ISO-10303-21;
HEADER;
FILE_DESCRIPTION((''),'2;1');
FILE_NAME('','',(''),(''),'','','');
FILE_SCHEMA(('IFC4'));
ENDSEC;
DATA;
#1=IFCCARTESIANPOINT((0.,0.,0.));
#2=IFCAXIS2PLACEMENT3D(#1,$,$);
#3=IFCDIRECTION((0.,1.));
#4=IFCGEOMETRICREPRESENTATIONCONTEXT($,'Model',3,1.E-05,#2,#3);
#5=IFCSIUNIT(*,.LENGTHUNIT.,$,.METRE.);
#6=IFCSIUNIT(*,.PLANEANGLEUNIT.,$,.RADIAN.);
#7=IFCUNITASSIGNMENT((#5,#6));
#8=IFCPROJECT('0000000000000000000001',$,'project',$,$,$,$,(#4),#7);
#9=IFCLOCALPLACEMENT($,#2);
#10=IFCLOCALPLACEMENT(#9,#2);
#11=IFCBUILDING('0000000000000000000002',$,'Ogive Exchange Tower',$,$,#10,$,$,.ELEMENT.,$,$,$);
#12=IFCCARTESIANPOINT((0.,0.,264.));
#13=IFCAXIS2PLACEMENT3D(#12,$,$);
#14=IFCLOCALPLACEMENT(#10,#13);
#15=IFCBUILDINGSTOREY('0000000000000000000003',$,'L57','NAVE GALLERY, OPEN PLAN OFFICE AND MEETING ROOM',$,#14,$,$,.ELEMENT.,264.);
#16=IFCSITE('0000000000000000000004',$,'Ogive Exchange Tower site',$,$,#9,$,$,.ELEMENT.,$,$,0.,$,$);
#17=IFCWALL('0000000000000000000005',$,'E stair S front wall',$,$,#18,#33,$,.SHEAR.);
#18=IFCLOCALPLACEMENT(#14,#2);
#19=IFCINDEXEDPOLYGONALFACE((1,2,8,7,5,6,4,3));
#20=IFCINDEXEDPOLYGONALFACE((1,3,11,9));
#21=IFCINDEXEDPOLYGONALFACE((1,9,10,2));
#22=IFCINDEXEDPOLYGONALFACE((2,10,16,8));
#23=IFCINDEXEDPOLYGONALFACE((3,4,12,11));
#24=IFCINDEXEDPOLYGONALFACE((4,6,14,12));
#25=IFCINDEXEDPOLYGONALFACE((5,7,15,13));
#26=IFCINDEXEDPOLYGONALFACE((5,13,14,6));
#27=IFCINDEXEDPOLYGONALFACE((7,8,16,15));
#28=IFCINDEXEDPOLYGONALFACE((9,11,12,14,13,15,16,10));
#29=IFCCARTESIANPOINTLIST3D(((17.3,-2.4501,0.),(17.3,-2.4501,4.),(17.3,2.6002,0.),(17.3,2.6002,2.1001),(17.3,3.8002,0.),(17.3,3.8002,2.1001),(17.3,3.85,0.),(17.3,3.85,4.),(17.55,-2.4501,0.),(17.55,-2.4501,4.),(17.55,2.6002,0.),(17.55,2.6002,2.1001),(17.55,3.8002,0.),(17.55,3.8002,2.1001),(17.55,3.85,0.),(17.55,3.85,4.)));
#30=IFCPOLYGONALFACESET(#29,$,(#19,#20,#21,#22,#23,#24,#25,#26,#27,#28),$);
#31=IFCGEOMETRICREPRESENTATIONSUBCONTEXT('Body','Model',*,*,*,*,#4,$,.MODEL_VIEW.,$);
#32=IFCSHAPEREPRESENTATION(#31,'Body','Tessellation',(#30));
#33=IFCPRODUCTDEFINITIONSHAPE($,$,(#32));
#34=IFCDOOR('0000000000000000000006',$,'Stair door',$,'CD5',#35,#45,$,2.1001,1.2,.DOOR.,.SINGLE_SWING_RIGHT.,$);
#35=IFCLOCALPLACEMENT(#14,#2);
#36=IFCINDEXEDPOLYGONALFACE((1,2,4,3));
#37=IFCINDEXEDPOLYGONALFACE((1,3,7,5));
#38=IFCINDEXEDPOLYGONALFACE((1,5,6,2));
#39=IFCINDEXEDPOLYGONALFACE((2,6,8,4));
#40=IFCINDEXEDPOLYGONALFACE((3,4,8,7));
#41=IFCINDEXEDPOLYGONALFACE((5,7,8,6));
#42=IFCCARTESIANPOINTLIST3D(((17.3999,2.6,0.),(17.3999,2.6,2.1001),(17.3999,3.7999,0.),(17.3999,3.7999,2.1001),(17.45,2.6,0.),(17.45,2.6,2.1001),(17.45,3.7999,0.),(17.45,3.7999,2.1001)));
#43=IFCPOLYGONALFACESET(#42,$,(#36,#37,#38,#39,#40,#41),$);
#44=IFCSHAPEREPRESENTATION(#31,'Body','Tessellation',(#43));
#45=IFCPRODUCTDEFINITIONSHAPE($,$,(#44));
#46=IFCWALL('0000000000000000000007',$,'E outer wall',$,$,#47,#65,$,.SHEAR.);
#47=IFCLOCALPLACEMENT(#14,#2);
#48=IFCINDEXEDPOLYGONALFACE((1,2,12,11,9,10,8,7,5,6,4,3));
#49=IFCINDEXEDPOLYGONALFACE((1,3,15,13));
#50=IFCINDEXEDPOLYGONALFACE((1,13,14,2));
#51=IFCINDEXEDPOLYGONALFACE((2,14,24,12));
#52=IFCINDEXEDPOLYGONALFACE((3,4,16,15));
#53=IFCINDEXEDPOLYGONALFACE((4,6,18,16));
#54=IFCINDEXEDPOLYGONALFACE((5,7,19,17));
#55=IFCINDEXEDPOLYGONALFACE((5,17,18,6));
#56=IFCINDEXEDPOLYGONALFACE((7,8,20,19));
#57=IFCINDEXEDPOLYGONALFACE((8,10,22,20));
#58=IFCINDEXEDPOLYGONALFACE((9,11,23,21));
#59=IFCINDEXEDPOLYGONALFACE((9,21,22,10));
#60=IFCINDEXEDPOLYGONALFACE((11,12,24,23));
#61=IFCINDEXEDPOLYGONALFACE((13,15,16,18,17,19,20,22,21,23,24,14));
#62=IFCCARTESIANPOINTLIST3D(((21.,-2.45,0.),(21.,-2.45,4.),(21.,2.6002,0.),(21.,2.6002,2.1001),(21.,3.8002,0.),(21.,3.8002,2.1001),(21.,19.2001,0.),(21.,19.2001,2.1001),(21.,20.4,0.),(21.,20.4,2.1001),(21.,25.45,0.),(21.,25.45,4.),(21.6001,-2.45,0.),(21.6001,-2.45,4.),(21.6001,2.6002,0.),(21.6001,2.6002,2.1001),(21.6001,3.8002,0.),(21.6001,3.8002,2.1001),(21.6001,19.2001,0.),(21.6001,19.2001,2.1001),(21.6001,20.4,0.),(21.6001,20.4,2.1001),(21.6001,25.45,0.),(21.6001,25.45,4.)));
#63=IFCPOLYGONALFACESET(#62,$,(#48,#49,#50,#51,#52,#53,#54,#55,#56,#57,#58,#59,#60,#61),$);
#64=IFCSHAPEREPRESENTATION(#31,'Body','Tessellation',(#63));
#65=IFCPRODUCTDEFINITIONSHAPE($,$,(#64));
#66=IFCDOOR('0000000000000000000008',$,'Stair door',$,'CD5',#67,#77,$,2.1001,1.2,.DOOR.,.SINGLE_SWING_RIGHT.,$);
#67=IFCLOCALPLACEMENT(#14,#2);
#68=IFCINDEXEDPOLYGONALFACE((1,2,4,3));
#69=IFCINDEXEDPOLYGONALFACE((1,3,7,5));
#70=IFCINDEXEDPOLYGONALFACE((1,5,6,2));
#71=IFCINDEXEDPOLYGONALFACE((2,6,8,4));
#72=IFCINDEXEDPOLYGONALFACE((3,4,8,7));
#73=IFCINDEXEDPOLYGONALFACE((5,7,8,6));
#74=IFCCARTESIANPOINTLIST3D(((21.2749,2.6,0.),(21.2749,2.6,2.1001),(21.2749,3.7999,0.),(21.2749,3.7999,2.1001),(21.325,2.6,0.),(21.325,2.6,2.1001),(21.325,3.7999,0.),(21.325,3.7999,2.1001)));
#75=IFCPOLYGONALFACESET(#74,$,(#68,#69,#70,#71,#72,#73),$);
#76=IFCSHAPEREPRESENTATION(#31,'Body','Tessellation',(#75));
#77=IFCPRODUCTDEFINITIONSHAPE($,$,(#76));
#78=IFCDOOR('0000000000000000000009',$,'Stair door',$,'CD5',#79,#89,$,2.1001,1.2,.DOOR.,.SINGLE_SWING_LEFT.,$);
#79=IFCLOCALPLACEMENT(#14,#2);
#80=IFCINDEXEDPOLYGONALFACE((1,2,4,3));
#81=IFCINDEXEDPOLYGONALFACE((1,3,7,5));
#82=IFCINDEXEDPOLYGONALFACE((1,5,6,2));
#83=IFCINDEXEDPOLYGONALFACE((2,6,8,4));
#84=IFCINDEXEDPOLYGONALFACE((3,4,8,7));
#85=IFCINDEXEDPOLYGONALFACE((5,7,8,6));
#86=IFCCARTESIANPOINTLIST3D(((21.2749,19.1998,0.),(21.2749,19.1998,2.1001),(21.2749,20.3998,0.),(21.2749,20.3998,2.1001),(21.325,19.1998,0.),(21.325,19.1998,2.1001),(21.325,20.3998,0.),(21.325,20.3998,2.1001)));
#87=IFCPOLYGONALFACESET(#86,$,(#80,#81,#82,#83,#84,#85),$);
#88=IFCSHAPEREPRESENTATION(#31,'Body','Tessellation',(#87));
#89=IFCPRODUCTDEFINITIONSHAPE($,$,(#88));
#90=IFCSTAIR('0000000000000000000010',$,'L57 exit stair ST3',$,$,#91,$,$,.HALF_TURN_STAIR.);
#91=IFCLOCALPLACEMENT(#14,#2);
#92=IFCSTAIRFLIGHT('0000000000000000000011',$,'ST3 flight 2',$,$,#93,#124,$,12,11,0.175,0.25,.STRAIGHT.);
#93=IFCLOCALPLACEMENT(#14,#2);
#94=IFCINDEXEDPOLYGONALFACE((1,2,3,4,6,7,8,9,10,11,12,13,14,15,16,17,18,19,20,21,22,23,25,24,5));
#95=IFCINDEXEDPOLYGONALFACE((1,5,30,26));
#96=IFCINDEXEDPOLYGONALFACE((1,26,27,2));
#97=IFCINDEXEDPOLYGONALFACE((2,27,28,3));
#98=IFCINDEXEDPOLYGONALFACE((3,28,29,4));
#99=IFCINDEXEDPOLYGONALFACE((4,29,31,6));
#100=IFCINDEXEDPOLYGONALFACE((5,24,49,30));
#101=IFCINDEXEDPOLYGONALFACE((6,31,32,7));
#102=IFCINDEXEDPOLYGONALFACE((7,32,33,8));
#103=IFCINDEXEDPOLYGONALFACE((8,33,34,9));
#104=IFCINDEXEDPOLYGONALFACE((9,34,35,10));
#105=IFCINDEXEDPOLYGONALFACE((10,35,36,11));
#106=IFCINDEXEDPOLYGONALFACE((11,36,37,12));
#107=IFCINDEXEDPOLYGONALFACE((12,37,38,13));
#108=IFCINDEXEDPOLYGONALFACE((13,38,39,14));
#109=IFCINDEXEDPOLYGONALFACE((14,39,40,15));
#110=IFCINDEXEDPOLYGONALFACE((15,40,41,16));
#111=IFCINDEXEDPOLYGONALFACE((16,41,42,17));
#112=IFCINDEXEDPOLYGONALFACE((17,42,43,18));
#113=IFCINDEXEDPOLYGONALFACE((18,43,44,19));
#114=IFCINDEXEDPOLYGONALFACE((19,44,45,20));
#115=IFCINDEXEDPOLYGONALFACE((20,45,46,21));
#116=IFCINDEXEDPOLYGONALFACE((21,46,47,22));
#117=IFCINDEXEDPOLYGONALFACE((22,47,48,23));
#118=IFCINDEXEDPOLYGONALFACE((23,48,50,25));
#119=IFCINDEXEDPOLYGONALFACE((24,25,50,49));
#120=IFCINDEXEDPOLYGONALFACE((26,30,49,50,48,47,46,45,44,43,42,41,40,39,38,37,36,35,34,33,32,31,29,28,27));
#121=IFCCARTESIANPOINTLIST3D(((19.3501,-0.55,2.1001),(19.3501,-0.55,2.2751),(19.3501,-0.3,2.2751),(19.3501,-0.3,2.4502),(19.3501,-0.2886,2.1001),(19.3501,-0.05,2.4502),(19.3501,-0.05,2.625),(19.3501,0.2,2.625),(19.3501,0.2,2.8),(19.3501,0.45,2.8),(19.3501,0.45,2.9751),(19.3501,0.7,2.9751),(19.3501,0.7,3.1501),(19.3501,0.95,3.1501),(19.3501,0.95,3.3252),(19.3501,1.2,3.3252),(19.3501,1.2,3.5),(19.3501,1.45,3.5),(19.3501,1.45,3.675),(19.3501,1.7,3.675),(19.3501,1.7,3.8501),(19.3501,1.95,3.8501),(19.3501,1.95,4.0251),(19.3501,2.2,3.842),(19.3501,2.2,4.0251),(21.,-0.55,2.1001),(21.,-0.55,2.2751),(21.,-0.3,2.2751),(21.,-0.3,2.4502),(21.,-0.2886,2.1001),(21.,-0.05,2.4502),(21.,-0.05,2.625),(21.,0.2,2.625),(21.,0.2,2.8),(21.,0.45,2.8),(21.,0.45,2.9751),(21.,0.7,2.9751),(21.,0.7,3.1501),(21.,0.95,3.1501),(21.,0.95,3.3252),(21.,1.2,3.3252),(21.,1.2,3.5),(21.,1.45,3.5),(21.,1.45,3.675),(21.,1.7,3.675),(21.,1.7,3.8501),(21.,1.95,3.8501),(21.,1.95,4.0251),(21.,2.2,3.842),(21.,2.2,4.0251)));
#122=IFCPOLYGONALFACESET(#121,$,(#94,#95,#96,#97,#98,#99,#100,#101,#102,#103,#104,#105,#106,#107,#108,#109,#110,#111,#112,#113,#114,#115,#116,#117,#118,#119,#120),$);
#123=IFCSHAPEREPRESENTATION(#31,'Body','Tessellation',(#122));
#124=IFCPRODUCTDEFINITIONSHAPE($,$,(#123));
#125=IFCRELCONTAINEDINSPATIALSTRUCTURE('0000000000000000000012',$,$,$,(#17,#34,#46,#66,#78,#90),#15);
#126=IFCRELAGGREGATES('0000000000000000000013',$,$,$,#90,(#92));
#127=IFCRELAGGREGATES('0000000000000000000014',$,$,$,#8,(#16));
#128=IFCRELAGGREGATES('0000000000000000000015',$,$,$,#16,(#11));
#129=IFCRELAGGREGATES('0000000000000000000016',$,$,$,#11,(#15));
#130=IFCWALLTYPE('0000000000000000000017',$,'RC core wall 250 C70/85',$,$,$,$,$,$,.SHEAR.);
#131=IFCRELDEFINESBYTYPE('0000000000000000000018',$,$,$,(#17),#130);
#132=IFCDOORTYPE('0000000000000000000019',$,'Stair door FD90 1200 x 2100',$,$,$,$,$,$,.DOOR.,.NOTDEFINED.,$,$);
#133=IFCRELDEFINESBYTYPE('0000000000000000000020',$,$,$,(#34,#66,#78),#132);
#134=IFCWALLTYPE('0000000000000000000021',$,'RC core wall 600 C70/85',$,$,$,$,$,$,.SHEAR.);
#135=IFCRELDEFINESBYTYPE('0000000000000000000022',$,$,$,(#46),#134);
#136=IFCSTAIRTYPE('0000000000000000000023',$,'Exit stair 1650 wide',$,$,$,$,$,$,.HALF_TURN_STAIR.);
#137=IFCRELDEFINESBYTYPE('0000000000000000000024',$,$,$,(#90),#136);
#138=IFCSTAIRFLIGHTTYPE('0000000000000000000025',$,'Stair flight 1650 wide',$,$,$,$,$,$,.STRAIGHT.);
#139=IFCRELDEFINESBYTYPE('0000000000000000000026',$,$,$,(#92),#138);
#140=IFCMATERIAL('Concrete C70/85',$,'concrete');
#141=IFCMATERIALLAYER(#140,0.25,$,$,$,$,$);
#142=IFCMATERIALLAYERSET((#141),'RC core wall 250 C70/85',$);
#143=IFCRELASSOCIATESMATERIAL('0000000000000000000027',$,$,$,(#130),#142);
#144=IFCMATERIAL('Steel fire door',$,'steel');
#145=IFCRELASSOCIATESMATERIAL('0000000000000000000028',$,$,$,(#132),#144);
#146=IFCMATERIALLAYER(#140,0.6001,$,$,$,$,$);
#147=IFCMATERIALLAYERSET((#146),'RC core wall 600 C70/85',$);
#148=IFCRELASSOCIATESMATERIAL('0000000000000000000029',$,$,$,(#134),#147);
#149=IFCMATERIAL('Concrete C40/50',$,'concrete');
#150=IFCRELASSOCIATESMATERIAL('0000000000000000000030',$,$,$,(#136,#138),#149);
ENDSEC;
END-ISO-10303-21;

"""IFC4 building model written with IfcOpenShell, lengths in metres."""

from ifc_helpers import new_model, si_unit, direction, frame, frame_2d, origin, place, context, subcontext, project, spatial, polyline, rectangle, outline, extrude, material, layer, layer_set, type_object, element, fill, aggregate, save


model = new_model("IFC4")

# Units and contexts
model_context = context("Model", 3, precision=1e-05, world=origin(), true_north=direction((0.0, 1.0)))
body_context = subcontext(model_context, "Body", "Model", "MODEL_VIEW")
ifc_project = project(units=[si_unit("LENGTHUNIT", "METRE"), si_unit("PLANEANGLEUNIT", "RADIAN")], contexts=[model_context])

# Site, building, storey
site_placement = place(None, origin())
site = spatial("IfcSite", under=ifc_project, at=site_placement, Name="Ogive Exchange Tower site", CompositionType="ELEMENT", RefElevation=0.0)
building_placement = place(site_placement, origin())
building = spatial("IfcBuilding", under=site, at=building_placement, Name="Ogive Exchange Tower", CompositionType="ELEMENT")
storey_placement = place(building_placement, frame((0.0, 0.0, 264.0)))
storey = spatial("IfcBuildingStorey", under=building, at=storey_placement, Name="L57", Description="NAVE GALLERY, OPEN PLAN OFFICE AND MEETING ROOM", CompositionType="ELEMENT", Elevation=264.0)

# Wall, opening, door
ifc_material_1 = material(Name="Concrete C70/85", Category="concrete")
ifc_layer_1 = layer(ifc_material_1, 0.25)
ifc_layer_set_1 = layer_set([ifc_layer_1], Name="RC core wall 250 C70/85")
wall_type_1 = type_object("IfcWallType", Name="RC core wall 250 C70/85", PredefinedType="SHEAR", material=ifc_layer_set_1)
wall_1_placement = place(storey_placement, frame((17.425, -2.45, 0.0), z_axis=(0.0, 0.0, 1.0), x_axis=(0.0, 1.0, 0.0)))
wall_1 = element("IfcWall", 1, at=wall_1_placement, inside=storey, type_object=wall_type_1, Name="E stair S front wall", PredefinedType="SHEAR", context=body_context, shape_type="SweptSolid", body=[
    extrude(rectangle(XDim=6.3, YDim=0.25, at=frame_2d((3.1499, 0.0))), origin(), (0.0, 0.0, 1.0), 4.0),
])
opening_1_placement = place(wall_1_placement, frame((5.05, 0.0, 0.0)))
opening_1 = element("IfcOpeningElement", 2, at=opening_1_placement, cuts=wall_1, PredefinedType="OPENING", context=body_context, shape_type="SweptSolid", body=[
    extrude(rectangle(XDim=1.2, YDim=2.1001, at=frame_2d((0.6001, 1.05))), frame((0.0, 0.135, 0.0), z_axis=(0.0, -1.0, 0.0), x_axis=(1.0, 0.0, 0.0)), (0.0, 0.0, 1.0), 0.27),
])
ifc_material_2 = material(Name="Steel fire door", Category="steel")
door_type_1 = type_object("IfcDoorType", Name="Stair door FD90 1200 x 2100", OperationType="NOTDEFINED", PredefinedType="DOOR", material=ifc_material_2)
door_1_placement = place(opening_1_placement, frame((1.2, 0.0, 0.0), z_axis=(0.0, 0.0, 1.0), x_axis=(-1.0, 0.0, 0.0)))
door_1 = element("IfcDoor", 3, at=door_1_placement, inside=storey, type_object=door_type_1, Name="Stair door", ObjectType="CD5", OperationType="SINGLE_SWING_RIGHT", OverallHeight=2.1001, OverallWidth=1.2, PredefinedType="DOOR", context=body_context, shape_type="SweptSolid", body=[
    extrude(rectangle(XDim=1.2, YDim=2.1001, at=frame_2d((0.6001, 1.05))), frame((0.0, 0.0249, 0.0), z_axis=(0.0, -1.0, 0.0), x_axis=(1.0, 0.0, 0.0)), (0.0, 0.0, 1.0), 0.05),
])
fill(opening_1, door_1)

# Wall, openings, doors
ifc_layer_2 = layer(ifc_material_1, 0.6001)
ifc_layer_set_2 = layer_set([ifc_layer_2], Name="RC core wall 600 C70/85")
wall_type_2 = type_object("IfcWallType", Name="RC core wall 600 C70/85", PredefinedType="SHEAR", material=ifc_layer_set_2)
wall_2_placement = place(storey_placement, frame((21.3, -2.45, 0.0), z_axis=(0.0, 0.0, 1.0), x_axis=(0.0, 1.0, 0.0)))
wall_2 = element("IfcWall", 4, at=wall_2_placement, inside=storey, type_object=wall_type_2, Name="E outer wall", PredefinedType="SHEAR", context=body_context, shape_type="SweptSolid", body=[
    extrude(rectangle(XDim=27.8999, YDim=0.6001, at=frame_2d((13.95, 0.0))), origin(), (0.0, 0.0, 1.0), 4.0),
])
opening_2_placement = place(wall_2_placement, frame((5.05, 0.0, 0.0)))
opening_2 = element("IfcOpeningElement", 5, at=opening_2_placement, cuts=wall_2, PredefinedType="OPENING", context=body_context, shape_type="SweptSolid", body=[
    extrude(rectangle(XDim=1.2, YDim=2.1001, at=frame_2d((0.6001, 1.05))), frame((0.0, 0.3101, 0.0), z_axis=(0.0, -1.0, 0.0), x_axis=(1.0, 0.0, 0.0)), (0.0, 0.0, 1.0), 0.6201),
])
opening_3_placement = place(wall_2_placement, frame((21.6499, 0.0, 0.0)))
opening_3 = element("IfcOpeningElement", 6, at=opening_3_placement, cuts=wall_2, PredefinedType="OPENING", context=body_context, shape_type="SweptSolid", body=[
    extrude(rectangle(XDim=1.2, YDim=2.1001, at=frame_2d((0.6001, 1.05))), frame((0.0, 0.3101, 0.0), z_axis=(0.0, -1.0, 0.0), x_axis=(1.0, 0.0, 0.0)), (0.0, 0.0, 1.0), 0.6201),
])
door_2_placement = place(opening_2_placement, frame((1.2, 0.0, 0.0), z_axis=(0.0, 0.0, 1.0), x_axis=(-1.0, 0.0, 0.0)))
door_2 = element("IfcDoor", 7, at=door_2_placement, inside=storey, type_object=door_type_1, Name="Stair door", ObjectType="CD5", OperationType="SINGLE_SWING_RIGHT", OverallHeight=2.1001, OverallWidth=1.2, PredefinedType="DOOR", context=body_context, shape_type="SweptSolid", body=[
    extrude(rectangle(XDim=1.2, YDim=2.1001, at=frame_2d((0.6001, 1.05))), frame((0.0, 0.0249, 0.0), z_axis=(0.0, -1.0, 0.0), x_axis=(1.0, 0.0, 0.0)), (0.0, 0.0, 1.0), 0.05),
])
fill(opening_2, door_2)
door_3_placement = place(opening_3_placement, frame((1.2, 0.0, 0.0), z_axis=(0.0, 0.0, 1.0), x_axis=(-1.0, 0.0, 0.0)))
door_3 = element("IfcDoor", 8, at=door_3_placement, inside=storey, type_object=door_type_1, Name="Stair door", ObjectType="CD5", OperationType="SINGLE_SWING_LEFT", OverallHeight=2.1001, OverallWidth=1.2, PredefinedType="DOOR", context=body_context, shape_type="SweptSolid", body=[
    extrude(rectangle(XDim=1.2, YDim=2.1001, at=frame_2d((0.6001, 1.05))), frame((0.0, 0.0249, 0.0), z_axis=(0.0, -1.0, 0.0), x_axis=(1.0, 0.0, 0.0)), (0.0, 0.0, 1.0), 0.05),
])
fill(opening_3, door_3)

# Stair, stair flight
ifc_material_3 = material(Name="Concrete C40/50", Category="concrete")
stair_type = type_object("IfcStairType", Name="Exit stair 1650 wide", PredefinedType="HALF_TURN_STAIR", material=ifc_material_3)
stair_placement = place(storey_placement, origin())
stair = element("IfcStair", 9, at=stair_placement, inside=storey, type_object=stair_type, Name="L57 exit stair ST3", PredefinedType="HALF_TURN_STAIR")
stair_flight_type = type_object("IfcStairFlightType", Name="Stair flight 1650 wide", PredefinedType="STRAIGHT", material=ifc_material_3)
stair_flight_placement = place(storey_placement, frame((20.175, -0.55, 2.1001), z_axis=(0.0, 0.0, 1.0), x_axis=(0.0, 1.0, 0.0)))
stair_flight = element("IfcStairFlight", 10, at=stair_flight_placement, type_object=stair_flight_type, Name="ST3 flight 2", NumberOfRisers=12, NumberOfTreads=11, PredefinedType="STRAIGHT", RiserHeight=0.175, TreadLength=0.25, context=body_context, shape_type="SweptSolid", body=[
    extrude(outline(polyline([(0.0, 0.0), (0.0, 0.175), (0.25, 0.175), (0.25, 0.3501), (0.5, 0.3501), (0.5, 0.5249), (0.75, 0.5249), (0.75, 0.7), (1.0, 0.7), (1.0, 0.875), (1.25, 0.875), (1.25, 1.05), (1.5, 1.05), (1.5, 1.2251), (1.75, 1.2251), (1.75, 1.3999), (2.0, 1.3999), (2.0, 1.575), (2.25, 1.575), (2.25, 1.75), (2.5, 1.75), (2.5, 1.925), (2.75, 1.925), (2.75, 2.1001), (2.75, 1.7419), (0.2615, 0.0), (0.0, 0.0)])), frame((0.0, 0.825, 0.0), z_axis=(0.0, -1.0, 0.0), x_axis=(1.0, 0.0, 0.0)), (0.0, 0.0, 1.0), 1.6499),
])
aggregate(stair, [stair_flight])

save(model, "model.ifc")
